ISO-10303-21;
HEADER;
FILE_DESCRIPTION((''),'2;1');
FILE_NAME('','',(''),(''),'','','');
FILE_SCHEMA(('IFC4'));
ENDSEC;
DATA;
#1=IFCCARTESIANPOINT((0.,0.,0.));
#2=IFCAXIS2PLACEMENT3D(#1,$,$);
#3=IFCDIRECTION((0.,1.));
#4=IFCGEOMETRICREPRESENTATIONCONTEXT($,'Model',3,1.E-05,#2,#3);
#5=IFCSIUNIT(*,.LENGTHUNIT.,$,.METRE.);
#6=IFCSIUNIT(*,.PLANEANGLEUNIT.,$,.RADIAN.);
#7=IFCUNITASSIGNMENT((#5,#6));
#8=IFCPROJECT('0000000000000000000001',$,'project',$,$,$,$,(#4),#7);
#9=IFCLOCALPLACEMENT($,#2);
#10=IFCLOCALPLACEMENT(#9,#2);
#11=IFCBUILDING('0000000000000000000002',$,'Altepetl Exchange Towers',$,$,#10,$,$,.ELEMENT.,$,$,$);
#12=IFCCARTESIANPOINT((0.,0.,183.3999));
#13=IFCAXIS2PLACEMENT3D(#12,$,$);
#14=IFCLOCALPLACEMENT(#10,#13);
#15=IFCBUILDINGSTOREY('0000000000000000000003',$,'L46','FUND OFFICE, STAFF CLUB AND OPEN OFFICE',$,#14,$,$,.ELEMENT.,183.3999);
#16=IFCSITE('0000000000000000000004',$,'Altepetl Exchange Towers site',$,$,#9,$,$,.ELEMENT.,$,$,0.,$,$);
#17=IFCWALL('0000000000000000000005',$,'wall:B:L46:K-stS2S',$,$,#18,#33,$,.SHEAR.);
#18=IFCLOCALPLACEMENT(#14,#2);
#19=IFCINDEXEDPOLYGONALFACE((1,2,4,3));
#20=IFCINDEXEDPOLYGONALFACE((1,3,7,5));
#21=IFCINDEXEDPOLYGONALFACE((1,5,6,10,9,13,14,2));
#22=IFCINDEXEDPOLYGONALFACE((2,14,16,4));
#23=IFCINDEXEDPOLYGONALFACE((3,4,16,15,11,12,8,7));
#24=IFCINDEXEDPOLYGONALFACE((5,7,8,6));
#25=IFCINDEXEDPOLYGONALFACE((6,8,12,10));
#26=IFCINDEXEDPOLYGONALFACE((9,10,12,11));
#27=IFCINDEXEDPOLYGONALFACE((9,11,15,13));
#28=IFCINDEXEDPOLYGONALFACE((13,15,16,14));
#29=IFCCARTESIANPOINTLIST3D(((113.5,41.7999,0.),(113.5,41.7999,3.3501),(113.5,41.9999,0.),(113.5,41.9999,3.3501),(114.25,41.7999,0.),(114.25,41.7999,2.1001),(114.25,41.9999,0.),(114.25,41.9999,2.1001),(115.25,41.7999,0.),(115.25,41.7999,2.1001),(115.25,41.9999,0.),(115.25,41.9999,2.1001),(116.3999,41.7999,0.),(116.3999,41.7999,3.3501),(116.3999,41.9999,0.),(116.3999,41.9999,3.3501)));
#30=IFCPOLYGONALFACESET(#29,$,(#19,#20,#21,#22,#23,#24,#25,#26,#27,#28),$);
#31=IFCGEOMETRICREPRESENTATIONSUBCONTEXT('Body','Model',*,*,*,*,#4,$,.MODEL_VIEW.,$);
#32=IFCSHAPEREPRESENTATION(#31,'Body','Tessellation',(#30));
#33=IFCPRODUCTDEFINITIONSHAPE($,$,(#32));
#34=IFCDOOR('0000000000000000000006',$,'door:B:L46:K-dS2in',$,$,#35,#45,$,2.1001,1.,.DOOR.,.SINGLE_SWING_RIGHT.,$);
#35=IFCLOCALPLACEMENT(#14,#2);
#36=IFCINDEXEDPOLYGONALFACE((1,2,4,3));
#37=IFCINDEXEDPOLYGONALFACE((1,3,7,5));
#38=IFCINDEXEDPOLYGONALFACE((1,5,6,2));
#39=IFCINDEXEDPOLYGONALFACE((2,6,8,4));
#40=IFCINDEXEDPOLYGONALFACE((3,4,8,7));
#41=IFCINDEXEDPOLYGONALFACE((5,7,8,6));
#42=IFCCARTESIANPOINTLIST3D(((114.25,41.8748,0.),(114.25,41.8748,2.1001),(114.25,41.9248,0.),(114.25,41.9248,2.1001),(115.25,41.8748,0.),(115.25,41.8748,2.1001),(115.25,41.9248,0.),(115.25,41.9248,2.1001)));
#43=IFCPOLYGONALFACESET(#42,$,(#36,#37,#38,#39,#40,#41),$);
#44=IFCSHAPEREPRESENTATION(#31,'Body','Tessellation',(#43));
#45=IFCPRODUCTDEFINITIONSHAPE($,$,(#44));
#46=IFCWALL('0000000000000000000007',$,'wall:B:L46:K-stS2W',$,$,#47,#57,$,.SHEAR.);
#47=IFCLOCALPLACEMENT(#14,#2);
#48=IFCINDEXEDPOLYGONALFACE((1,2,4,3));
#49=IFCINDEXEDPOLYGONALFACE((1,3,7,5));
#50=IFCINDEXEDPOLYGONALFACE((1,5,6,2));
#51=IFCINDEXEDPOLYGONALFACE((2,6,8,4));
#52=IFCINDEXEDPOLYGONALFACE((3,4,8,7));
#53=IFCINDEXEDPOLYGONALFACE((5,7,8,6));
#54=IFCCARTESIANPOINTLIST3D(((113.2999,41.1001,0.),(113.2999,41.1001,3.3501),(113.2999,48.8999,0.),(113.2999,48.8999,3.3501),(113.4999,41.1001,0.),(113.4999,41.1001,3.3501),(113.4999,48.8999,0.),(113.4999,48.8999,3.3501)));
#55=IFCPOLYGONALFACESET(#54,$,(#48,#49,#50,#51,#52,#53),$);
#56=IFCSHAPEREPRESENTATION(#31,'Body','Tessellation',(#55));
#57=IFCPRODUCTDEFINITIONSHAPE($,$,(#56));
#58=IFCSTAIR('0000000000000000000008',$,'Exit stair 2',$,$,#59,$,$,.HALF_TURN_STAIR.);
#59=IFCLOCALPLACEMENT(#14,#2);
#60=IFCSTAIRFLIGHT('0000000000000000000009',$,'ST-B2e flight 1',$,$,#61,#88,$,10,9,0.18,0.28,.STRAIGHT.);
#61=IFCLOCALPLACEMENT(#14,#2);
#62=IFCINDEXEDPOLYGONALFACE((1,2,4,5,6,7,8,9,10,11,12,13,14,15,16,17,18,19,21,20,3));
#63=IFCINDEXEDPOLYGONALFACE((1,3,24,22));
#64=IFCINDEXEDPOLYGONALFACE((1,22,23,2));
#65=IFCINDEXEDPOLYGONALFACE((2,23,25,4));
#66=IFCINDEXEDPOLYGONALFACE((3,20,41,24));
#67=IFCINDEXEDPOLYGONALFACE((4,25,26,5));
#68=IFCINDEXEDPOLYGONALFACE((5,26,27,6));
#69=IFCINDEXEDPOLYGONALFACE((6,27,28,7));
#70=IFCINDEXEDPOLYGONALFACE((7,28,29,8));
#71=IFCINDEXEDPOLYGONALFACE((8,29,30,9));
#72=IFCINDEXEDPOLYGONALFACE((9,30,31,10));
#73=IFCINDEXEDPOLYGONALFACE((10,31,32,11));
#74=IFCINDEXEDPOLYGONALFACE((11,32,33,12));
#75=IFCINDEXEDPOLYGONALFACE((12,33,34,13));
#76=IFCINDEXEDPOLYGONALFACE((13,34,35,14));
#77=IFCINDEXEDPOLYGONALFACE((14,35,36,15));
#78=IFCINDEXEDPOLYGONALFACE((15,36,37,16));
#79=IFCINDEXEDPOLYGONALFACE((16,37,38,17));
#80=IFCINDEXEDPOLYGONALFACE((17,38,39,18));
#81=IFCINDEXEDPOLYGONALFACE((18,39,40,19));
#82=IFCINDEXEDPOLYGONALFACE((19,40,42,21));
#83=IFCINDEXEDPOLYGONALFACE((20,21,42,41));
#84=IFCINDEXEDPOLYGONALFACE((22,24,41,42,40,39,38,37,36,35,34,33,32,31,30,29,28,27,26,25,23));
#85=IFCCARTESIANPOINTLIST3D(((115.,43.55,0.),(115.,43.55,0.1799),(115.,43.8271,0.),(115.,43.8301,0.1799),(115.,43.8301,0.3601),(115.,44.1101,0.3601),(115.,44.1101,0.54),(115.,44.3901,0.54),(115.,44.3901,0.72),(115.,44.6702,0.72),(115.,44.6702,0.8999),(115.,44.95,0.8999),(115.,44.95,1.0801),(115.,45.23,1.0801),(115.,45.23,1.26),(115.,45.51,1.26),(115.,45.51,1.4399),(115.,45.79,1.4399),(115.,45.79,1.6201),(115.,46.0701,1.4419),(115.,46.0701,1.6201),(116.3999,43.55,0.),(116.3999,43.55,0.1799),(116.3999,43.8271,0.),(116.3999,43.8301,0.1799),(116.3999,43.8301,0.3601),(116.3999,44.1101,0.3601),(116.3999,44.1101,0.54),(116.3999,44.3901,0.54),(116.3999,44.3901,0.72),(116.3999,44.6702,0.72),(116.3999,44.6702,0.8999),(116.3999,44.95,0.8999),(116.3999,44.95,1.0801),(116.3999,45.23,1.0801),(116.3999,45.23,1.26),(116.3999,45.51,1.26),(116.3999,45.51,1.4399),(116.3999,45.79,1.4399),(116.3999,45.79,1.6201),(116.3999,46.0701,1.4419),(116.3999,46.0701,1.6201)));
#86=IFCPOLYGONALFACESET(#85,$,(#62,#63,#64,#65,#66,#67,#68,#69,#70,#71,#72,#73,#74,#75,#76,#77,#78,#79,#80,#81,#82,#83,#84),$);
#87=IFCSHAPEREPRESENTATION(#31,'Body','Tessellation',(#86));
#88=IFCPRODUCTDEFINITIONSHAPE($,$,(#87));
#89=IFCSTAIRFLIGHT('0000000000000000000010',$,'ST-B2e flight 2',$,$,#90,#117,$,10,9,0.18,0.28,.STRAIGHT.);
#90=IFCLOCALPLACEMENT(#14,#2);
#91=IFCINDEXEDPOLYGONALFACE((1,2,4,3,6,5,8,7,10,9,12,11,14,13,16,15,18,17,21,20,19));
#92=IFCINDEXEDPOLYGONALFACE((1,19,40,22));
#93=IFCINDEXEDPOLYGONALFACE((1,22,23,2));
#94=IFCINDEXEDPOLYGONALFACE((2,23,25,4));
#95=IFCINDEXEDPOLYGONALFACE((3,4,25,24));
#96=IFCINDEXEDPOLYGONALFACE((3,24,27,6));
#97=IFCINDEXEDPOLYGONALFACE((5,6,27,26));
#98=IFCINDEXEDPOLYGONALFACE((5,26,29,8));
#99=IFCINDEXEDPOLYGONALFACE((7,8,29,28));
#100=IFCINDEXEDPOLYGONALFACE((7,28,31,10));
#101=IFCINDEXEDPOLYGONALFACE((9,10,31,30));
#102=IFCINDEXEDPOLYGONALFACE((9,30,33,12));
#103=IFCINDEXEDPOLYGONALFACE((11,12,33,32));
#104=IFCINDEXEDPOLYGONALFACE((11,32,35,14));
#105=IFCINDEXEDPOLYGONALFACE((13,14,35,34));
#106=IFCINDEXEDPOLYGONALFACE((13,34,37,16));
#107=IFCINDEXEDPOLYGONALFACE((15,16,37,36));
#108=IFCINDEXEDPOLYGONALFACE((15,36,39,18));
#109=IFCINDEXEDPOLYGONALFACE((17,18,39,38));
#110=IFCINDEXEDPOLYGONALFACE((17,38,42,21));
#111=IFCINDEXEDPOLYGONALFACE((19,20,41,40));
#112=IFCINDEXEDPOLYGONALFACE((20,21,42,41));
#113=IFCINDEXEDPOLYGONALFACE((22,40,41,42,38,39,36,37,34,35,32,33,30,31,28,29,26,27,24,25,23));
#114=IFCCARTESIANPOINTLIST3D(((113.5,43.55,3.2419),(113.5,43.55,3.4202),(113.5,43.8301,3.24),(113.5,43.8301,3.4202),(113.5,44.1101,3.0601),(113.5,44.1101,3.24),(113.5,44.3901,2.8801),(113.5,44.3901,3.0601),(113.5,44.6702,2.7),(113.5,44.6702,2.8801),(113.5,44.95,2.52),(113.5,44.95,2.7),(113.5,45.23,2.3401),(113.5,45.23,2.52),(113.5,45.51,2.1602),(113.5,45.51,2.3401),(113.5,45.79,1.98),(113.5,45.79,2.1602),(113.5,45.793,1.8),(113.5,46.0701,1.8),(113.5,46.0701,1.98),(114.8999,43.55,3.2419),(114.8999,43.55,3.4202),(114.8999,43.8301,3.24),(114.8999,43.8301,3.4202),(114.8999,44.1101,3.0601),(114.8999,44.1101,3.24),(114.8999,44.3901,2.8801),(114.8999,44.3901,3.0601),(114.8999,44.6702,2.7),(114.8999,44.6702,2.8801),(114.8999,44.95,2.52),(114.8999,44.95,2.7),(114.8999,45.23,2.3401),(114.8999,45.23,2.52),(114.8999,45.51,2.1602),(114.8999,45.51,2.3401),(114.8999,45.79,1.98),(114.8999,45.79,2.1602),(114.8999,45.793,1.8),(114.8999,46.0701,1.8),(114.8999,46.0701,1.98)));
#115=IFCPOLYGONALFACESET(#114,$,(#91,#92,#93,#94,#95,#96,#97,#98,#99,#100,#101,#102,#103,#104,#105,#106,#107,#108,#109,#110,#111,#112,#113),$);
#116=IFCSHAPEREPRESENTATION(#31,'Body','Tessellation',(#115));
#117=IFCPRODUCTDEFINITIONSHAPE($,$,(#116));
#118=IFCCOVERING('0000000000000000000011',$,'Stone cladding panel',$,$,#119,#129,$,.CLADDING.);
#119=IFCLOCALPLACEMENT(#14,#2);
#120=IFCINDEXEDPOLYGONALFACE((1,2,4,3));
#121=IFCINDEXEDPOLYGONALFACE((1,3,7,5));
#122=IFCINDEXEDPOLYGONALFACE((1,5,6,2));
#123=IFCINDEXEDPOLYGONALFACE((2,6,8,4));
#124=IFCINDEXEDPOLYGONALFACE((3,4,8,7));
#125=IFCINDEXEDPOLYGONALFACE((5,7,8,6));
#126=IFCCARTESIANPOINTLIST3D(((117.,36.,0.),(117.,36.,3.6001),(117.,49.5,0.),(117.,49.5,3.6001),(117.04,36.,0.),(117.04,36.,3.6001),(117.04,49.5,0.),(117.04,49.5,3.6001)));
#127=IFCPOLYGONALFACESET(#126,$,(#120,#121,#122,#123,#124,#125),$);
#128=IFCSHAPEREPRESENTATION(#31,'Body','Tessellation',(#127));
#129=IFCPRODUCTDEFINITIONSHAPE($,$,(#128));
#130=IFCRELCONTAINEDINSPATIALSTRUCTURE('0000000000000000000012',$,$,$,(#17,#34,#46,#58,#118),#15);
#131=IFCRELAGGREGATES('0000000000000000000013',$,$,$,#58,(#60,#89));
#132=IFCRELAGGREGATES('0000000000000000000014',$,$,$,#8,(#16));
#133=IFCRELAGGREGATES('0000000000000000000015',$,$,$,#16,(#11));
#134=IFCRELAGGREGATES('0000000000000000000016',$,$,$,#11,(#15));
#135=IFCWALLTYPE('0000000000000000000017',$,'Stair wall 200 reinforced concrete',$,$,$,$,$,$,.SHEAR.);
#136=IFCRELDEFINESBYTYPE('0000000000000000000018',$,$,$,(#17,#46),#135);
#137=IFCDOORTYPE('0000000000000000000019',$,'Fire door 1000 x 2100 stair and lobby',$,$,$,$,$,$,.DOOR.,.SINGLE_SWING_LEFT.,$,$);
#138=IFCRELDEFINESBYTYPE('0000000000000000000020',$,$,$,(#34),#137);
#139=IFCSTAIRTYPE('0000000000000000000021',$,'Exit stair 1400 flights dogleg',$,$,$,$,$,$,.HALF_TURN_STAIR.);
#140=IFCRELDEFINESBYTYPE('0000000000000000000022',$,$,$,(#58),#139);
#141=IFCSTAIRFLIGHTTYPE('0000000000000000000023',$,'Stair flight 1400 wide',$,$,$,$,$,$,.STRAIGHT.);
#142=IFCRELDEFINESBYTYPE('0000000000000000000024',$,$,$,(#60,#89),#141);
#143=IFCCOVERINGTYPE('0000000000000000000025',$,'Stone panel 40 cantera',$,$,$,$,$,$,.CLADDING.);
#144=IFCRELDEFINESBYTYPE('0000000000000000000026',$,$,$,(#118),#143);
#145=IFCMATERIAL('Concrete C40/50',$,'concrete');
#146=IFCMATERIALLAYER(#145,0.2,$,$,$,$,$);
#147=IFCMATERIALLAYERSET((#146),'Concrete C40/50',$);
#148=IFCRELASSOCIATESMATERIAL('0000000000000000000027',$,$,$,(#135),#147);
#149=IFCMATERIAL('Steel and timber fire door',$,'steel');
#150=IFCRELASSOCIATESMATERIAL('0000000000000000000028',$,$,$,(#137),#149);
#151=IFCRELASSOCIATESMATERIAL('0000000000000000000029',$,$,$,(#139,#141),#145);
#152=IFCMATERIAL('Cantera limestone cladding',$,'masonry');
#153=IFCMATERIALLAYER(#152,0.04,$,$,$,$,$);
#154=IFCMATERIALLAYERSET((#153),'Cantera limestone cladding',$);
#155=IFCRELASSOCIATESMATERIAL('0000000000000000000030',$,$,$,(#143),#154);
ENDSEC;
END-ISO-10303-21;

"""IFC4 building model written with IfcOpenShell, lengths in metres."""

from ifc_helpers import new_model, si_unit, direction, frame, frame_2d, origin, origin_2d, place, context, subcontext, project, spatial, polyline, rectangle, outline, extrude, material, layer, layer_set, type_object, element, fill, aggregate, save


model = new_model("IFC4")

# Units and contexts
model_context = context("Model", 3, precision=1e-05, world=origin(), true_north=direction((0.0, 1.0)))
body_context = subcontext(model_context, "Body", "Model", "MODEL_VIEW")
ifc_project = project(units=[si_unit("LENGTHUNIT", "METRE"), si_unit("PLANEANGLEUNIT", "RADIAN")], contexts=[model_context])

# Site, building, storey
site_placement = place(None, origin())
site = spatial("IfcSite", under=ifc_project, at=site_placement, Name="Altepetl Exchange Towers site", CompositionType="ELEMENT", RefElevation=0.0)
building_placement = place(site_placement, origin())
building = spatial("IfcBuilding", under=site, at=building_placement, Name="Altepetl Exchange Towers", CompositionType="ELEMENT")
storey_placement = place(building_placement, frame((0.0, 0.0, 183.3999)))
storey = spatial("IfcBuildingStorey", under=building, at=storey_placement, Name="L46", Description="FUND OFFICE, STAFF CLUB AND OPEN OFFICE", CompositionType="ELEMENT", Elevation=183.3999)

# Shared definitions
ifc_material_1 = material(Name="Steel and timber fire door", Category="steel")

# Shared definitions
ifc_material_2 = material(Name="Concrete C40/50", Category="concrete")

# Wall, opening, door
ifc_layer_1 = layer(ifc_material_2, 0.2)
ifc_layer_set_1 = layer_set([ifc_layer_1], Name="Concrete C40/50")
wall_type_1 = type_object("IfcWallType", Name="Stair wall 200 reinforced concrete", PredefinedType="SHEAR", material=ifc_layer_set_1)
wall_1_placement = place(storey_placement, frame((113.5, 41.8999, 0.0)))
wall_1 = element("IfcWall", 1, at=wall_1_placement, inside=storey, type_object=wall_type_1, Name="wall:B:L46:K-stS2S", PredefinedType="SHEAR", context=body_context, shape_type="SweptSolid", body=[
    extrude(rectangle(XDim=2.8999, YDim=0.2, at=frame_2d((1.45, 0.0))), origin(), (0.0, 0.0, 1.0), 3.3501),
])
opening_1_placement = place(wall_1_placement, frame((0.75, 0.0, 0.0)))
opening_1 = element("IfcOpeningElement", 2, at=opening_1_placement, cuts=wall_1, PredefinedType="OPENING", context=body_context, shape_type="SweptSolid", body=[
    extrude(rectangle(XDim=1.0, YDim=2.1001, at=frame_2d((0.5, 1.05))), frame((0.0, 0.1099, 0.0), z_axis=(0.0, -1.0, 0.0), x_axis=(1.0, 0.0, 0.0)), (0.0, 0.0, 1.0), 0.22),
])
door_type_1 = type_object("IfcDoorType", Name="Fire door 1000 x 2100 stair and lobby", OperationType="SINGLE_SWING_LEFT", PredefinedType="DOOR", material=ifc_material_1)
door_1_placement = place(opening_1_placement, origin())
door_1 = element("IfcDoor", 3, at=door_1_placement, inside=storey, type_object=door_type_1, Name="door:B:L46:K-dS2in", OperationType="SINGLE_SWING_RIGHT", OverallHeight=2.1001, OverallWidth=1.0, PredefinedType="DOOR", context=body_context, shape_type="SweptSolid", body=[
    extrude(rectangle(XDim=1.0, YDim=2.1001, at=frame_2d((0.5, 1.05))), frame((0.0, 0.0249, 0.0), z_axis=(0.0, -1.0, 0.0), x_axis=(1.0, 0.0, 0.0)), (0.0, 0.0, 1.0), 0.05),
])
fill(opening_1, door_1)

# Wall
wall_2_placement = place(storey_placement, frame((113.3999, 41.1001, 0.0), z_axis=(0.0, 0.0, 1.0), x_axis=(0.0, 1.0, 0.0)))
element("IfcWall", 4, at=wall_2_placement, inside=storey, type_object=wall_type_1, Name="wall:B:L46:K-stS2W", PredefinedType="SHEAR", context=body_context, shape_type="SweptSolid", body=[
    extrude(rectangle(XDim=7.7998, YDim=0.2, at=frame_2d((3.8999, 0.0))), origin(), (0.0, 0.0, 1.0), 3.3501),
])

# Stair, stair flights
stair_type = type_object("IfcStairType", Name="Exit stair 1400 flights dogleg", PredefinedType="HALF_TURN_STAIR", material=ifc_material_2)
stair_placement = place(storey_placement, origin())
stair = element("IfcStair", 5, at=stair_placement, inside=storey, type_object=stair_type, Name="Exit stair 2", PredefinedType="HALF_TURN_STAIR")
stair_flight_type = type_object("IfcStairFlightType", Name="Stair flight 1400 wide", PredefinedType="STRAIGHT", material=ifc_material_2)
stair_flight_1_placement = place(storey_placement, frame((115.7, 43.55, 0.0), z_axis=(0.0, 0.0, 1.0), x_axis=(0.0, 1.0, 0.0)))
stair_flight_1 = element("IfcStairFlight", 6, at=stair_flight_1_placement, type_object=stair_flight_type, Name="ST-B2e flight 1", NumberOfRisers=10, NumberOfTreads=9, PredefinedType="STRAIGHT", RiserHeight=0.18, TreadLength=0.28, context=body_context, shape_type="SweptSolid", body=[
    extrude(outline(polyline([(0.0, 0.0), (0.0, 0.1799), (0.28, 0.1799), (0.28, 0.3601), (0.5601, 0.3601), (0.5601, 0.54), (0.8401, 0.54), (0.8401, 0.72), (1.1201, 0.72), (1.1201, 0.8999), (1.3999, 0.8999), (1.3999, 1.0801), (1.6799, 1.0801), (1.6799, 1.26), (1.96, 1.26), (1.96, 1.4399), (2.24, 1.4399), (2.24, 1.6201), (2.52, 1.6201), (2.52, 1.8), (2.52, 1.4419), (0.2771, 0.0), (0.0, 0.0)])), frame((0.0, 0.7, 0.0), z_axis=(0.0, -1.0, 0.0), x_axis=(1.0, 0.0, 0.0)), (0.0, 0.0, 1.0), 1.3999),
])
stair_flight_2_placement = place(storey_placement, frame((114.2, 46.0701, 1.8), z_axis=(0.0, 0.0, 1.0), x_axis=(0.0, -1.0, 0.0)))
stair_flight_2 = element("IfcStairFlight", 7, at=stair_flight_2_placement, type_object=stair_flight_type, Name="ST-B2e flight 2", NumberOfRisers=10, NumberOfTreads=9, PredefinedType="STRAIGHT", RiserHeight=0.18, TreadLength=0.28, context=body_context, shape_type="SweptSolid", body=[
    extrude(outline(polyline([(0.0, 0.0), (0.0, 0.1799), (0.28, 0.1799), (0.28, 0.3601), (0.5601, 0.3601), (0.5601, 0.54), (0.8401, 0.54), (0.8401, 0.72), (1.1201, 0.72), (1.1201, 0.8999), (1.3999, 0.8999), (1.3999, 1.0801), (1.6799, 1.0801), (1.6799, 1.26), (1.96, 1.26), (1.96, 1.4399), (2.24, 1.4399), (2.24, 1.6201), (2.52, 1.6201), (2.52, 1.8), (2.52, 1.4419), (0.2771, 0.0), (0.0, 0.0)])), frame((0.0, 0.7, 0.0), z_axis=(0.0, -1.0, 0.0), x_axis=(1.0, 0.0, 0.0)), (0.0, 0.0, 1.0), 1.3999),
])
aggregate(stair, [stair_flight_1, stair_flight_2])

# Covering
ifc_material_3 = material(Name="Cantera limestone cladding", Category="masonry")
ifc_layer_2 = layer(ifc_material_3, 0.04)
ifc_layer_set_2 = layer_set([ifc_layer_2], Name="Cantera limestone cladding")
covering_type = type_object("IfcCoveringType", Name="Stone panel 40 cantera", PredefinedType="CLADDING", material=ifc_layer_set_2)
covering_placement = place(storey_placement, frame((117.02, 42.75, 0.0), z_axis=(0.0, 0.0, 1.0), x_axis=(0.0, 1.0, 0.0)))
element("IfcCovering", 8, at=covering_placement, inside=storey, type_object=covering_type, Name="Stone cladding panel", PredefinedType="CLADDING", context=body_context, shape_type="SweptSolid", body=[
    extrude(rectangle(XDim=13.5, YDim=0.04, at=origin_2d()), origin(), (0.0, 0.0, 1.0), 3.6001),
])

save(model, "model.ifc")
